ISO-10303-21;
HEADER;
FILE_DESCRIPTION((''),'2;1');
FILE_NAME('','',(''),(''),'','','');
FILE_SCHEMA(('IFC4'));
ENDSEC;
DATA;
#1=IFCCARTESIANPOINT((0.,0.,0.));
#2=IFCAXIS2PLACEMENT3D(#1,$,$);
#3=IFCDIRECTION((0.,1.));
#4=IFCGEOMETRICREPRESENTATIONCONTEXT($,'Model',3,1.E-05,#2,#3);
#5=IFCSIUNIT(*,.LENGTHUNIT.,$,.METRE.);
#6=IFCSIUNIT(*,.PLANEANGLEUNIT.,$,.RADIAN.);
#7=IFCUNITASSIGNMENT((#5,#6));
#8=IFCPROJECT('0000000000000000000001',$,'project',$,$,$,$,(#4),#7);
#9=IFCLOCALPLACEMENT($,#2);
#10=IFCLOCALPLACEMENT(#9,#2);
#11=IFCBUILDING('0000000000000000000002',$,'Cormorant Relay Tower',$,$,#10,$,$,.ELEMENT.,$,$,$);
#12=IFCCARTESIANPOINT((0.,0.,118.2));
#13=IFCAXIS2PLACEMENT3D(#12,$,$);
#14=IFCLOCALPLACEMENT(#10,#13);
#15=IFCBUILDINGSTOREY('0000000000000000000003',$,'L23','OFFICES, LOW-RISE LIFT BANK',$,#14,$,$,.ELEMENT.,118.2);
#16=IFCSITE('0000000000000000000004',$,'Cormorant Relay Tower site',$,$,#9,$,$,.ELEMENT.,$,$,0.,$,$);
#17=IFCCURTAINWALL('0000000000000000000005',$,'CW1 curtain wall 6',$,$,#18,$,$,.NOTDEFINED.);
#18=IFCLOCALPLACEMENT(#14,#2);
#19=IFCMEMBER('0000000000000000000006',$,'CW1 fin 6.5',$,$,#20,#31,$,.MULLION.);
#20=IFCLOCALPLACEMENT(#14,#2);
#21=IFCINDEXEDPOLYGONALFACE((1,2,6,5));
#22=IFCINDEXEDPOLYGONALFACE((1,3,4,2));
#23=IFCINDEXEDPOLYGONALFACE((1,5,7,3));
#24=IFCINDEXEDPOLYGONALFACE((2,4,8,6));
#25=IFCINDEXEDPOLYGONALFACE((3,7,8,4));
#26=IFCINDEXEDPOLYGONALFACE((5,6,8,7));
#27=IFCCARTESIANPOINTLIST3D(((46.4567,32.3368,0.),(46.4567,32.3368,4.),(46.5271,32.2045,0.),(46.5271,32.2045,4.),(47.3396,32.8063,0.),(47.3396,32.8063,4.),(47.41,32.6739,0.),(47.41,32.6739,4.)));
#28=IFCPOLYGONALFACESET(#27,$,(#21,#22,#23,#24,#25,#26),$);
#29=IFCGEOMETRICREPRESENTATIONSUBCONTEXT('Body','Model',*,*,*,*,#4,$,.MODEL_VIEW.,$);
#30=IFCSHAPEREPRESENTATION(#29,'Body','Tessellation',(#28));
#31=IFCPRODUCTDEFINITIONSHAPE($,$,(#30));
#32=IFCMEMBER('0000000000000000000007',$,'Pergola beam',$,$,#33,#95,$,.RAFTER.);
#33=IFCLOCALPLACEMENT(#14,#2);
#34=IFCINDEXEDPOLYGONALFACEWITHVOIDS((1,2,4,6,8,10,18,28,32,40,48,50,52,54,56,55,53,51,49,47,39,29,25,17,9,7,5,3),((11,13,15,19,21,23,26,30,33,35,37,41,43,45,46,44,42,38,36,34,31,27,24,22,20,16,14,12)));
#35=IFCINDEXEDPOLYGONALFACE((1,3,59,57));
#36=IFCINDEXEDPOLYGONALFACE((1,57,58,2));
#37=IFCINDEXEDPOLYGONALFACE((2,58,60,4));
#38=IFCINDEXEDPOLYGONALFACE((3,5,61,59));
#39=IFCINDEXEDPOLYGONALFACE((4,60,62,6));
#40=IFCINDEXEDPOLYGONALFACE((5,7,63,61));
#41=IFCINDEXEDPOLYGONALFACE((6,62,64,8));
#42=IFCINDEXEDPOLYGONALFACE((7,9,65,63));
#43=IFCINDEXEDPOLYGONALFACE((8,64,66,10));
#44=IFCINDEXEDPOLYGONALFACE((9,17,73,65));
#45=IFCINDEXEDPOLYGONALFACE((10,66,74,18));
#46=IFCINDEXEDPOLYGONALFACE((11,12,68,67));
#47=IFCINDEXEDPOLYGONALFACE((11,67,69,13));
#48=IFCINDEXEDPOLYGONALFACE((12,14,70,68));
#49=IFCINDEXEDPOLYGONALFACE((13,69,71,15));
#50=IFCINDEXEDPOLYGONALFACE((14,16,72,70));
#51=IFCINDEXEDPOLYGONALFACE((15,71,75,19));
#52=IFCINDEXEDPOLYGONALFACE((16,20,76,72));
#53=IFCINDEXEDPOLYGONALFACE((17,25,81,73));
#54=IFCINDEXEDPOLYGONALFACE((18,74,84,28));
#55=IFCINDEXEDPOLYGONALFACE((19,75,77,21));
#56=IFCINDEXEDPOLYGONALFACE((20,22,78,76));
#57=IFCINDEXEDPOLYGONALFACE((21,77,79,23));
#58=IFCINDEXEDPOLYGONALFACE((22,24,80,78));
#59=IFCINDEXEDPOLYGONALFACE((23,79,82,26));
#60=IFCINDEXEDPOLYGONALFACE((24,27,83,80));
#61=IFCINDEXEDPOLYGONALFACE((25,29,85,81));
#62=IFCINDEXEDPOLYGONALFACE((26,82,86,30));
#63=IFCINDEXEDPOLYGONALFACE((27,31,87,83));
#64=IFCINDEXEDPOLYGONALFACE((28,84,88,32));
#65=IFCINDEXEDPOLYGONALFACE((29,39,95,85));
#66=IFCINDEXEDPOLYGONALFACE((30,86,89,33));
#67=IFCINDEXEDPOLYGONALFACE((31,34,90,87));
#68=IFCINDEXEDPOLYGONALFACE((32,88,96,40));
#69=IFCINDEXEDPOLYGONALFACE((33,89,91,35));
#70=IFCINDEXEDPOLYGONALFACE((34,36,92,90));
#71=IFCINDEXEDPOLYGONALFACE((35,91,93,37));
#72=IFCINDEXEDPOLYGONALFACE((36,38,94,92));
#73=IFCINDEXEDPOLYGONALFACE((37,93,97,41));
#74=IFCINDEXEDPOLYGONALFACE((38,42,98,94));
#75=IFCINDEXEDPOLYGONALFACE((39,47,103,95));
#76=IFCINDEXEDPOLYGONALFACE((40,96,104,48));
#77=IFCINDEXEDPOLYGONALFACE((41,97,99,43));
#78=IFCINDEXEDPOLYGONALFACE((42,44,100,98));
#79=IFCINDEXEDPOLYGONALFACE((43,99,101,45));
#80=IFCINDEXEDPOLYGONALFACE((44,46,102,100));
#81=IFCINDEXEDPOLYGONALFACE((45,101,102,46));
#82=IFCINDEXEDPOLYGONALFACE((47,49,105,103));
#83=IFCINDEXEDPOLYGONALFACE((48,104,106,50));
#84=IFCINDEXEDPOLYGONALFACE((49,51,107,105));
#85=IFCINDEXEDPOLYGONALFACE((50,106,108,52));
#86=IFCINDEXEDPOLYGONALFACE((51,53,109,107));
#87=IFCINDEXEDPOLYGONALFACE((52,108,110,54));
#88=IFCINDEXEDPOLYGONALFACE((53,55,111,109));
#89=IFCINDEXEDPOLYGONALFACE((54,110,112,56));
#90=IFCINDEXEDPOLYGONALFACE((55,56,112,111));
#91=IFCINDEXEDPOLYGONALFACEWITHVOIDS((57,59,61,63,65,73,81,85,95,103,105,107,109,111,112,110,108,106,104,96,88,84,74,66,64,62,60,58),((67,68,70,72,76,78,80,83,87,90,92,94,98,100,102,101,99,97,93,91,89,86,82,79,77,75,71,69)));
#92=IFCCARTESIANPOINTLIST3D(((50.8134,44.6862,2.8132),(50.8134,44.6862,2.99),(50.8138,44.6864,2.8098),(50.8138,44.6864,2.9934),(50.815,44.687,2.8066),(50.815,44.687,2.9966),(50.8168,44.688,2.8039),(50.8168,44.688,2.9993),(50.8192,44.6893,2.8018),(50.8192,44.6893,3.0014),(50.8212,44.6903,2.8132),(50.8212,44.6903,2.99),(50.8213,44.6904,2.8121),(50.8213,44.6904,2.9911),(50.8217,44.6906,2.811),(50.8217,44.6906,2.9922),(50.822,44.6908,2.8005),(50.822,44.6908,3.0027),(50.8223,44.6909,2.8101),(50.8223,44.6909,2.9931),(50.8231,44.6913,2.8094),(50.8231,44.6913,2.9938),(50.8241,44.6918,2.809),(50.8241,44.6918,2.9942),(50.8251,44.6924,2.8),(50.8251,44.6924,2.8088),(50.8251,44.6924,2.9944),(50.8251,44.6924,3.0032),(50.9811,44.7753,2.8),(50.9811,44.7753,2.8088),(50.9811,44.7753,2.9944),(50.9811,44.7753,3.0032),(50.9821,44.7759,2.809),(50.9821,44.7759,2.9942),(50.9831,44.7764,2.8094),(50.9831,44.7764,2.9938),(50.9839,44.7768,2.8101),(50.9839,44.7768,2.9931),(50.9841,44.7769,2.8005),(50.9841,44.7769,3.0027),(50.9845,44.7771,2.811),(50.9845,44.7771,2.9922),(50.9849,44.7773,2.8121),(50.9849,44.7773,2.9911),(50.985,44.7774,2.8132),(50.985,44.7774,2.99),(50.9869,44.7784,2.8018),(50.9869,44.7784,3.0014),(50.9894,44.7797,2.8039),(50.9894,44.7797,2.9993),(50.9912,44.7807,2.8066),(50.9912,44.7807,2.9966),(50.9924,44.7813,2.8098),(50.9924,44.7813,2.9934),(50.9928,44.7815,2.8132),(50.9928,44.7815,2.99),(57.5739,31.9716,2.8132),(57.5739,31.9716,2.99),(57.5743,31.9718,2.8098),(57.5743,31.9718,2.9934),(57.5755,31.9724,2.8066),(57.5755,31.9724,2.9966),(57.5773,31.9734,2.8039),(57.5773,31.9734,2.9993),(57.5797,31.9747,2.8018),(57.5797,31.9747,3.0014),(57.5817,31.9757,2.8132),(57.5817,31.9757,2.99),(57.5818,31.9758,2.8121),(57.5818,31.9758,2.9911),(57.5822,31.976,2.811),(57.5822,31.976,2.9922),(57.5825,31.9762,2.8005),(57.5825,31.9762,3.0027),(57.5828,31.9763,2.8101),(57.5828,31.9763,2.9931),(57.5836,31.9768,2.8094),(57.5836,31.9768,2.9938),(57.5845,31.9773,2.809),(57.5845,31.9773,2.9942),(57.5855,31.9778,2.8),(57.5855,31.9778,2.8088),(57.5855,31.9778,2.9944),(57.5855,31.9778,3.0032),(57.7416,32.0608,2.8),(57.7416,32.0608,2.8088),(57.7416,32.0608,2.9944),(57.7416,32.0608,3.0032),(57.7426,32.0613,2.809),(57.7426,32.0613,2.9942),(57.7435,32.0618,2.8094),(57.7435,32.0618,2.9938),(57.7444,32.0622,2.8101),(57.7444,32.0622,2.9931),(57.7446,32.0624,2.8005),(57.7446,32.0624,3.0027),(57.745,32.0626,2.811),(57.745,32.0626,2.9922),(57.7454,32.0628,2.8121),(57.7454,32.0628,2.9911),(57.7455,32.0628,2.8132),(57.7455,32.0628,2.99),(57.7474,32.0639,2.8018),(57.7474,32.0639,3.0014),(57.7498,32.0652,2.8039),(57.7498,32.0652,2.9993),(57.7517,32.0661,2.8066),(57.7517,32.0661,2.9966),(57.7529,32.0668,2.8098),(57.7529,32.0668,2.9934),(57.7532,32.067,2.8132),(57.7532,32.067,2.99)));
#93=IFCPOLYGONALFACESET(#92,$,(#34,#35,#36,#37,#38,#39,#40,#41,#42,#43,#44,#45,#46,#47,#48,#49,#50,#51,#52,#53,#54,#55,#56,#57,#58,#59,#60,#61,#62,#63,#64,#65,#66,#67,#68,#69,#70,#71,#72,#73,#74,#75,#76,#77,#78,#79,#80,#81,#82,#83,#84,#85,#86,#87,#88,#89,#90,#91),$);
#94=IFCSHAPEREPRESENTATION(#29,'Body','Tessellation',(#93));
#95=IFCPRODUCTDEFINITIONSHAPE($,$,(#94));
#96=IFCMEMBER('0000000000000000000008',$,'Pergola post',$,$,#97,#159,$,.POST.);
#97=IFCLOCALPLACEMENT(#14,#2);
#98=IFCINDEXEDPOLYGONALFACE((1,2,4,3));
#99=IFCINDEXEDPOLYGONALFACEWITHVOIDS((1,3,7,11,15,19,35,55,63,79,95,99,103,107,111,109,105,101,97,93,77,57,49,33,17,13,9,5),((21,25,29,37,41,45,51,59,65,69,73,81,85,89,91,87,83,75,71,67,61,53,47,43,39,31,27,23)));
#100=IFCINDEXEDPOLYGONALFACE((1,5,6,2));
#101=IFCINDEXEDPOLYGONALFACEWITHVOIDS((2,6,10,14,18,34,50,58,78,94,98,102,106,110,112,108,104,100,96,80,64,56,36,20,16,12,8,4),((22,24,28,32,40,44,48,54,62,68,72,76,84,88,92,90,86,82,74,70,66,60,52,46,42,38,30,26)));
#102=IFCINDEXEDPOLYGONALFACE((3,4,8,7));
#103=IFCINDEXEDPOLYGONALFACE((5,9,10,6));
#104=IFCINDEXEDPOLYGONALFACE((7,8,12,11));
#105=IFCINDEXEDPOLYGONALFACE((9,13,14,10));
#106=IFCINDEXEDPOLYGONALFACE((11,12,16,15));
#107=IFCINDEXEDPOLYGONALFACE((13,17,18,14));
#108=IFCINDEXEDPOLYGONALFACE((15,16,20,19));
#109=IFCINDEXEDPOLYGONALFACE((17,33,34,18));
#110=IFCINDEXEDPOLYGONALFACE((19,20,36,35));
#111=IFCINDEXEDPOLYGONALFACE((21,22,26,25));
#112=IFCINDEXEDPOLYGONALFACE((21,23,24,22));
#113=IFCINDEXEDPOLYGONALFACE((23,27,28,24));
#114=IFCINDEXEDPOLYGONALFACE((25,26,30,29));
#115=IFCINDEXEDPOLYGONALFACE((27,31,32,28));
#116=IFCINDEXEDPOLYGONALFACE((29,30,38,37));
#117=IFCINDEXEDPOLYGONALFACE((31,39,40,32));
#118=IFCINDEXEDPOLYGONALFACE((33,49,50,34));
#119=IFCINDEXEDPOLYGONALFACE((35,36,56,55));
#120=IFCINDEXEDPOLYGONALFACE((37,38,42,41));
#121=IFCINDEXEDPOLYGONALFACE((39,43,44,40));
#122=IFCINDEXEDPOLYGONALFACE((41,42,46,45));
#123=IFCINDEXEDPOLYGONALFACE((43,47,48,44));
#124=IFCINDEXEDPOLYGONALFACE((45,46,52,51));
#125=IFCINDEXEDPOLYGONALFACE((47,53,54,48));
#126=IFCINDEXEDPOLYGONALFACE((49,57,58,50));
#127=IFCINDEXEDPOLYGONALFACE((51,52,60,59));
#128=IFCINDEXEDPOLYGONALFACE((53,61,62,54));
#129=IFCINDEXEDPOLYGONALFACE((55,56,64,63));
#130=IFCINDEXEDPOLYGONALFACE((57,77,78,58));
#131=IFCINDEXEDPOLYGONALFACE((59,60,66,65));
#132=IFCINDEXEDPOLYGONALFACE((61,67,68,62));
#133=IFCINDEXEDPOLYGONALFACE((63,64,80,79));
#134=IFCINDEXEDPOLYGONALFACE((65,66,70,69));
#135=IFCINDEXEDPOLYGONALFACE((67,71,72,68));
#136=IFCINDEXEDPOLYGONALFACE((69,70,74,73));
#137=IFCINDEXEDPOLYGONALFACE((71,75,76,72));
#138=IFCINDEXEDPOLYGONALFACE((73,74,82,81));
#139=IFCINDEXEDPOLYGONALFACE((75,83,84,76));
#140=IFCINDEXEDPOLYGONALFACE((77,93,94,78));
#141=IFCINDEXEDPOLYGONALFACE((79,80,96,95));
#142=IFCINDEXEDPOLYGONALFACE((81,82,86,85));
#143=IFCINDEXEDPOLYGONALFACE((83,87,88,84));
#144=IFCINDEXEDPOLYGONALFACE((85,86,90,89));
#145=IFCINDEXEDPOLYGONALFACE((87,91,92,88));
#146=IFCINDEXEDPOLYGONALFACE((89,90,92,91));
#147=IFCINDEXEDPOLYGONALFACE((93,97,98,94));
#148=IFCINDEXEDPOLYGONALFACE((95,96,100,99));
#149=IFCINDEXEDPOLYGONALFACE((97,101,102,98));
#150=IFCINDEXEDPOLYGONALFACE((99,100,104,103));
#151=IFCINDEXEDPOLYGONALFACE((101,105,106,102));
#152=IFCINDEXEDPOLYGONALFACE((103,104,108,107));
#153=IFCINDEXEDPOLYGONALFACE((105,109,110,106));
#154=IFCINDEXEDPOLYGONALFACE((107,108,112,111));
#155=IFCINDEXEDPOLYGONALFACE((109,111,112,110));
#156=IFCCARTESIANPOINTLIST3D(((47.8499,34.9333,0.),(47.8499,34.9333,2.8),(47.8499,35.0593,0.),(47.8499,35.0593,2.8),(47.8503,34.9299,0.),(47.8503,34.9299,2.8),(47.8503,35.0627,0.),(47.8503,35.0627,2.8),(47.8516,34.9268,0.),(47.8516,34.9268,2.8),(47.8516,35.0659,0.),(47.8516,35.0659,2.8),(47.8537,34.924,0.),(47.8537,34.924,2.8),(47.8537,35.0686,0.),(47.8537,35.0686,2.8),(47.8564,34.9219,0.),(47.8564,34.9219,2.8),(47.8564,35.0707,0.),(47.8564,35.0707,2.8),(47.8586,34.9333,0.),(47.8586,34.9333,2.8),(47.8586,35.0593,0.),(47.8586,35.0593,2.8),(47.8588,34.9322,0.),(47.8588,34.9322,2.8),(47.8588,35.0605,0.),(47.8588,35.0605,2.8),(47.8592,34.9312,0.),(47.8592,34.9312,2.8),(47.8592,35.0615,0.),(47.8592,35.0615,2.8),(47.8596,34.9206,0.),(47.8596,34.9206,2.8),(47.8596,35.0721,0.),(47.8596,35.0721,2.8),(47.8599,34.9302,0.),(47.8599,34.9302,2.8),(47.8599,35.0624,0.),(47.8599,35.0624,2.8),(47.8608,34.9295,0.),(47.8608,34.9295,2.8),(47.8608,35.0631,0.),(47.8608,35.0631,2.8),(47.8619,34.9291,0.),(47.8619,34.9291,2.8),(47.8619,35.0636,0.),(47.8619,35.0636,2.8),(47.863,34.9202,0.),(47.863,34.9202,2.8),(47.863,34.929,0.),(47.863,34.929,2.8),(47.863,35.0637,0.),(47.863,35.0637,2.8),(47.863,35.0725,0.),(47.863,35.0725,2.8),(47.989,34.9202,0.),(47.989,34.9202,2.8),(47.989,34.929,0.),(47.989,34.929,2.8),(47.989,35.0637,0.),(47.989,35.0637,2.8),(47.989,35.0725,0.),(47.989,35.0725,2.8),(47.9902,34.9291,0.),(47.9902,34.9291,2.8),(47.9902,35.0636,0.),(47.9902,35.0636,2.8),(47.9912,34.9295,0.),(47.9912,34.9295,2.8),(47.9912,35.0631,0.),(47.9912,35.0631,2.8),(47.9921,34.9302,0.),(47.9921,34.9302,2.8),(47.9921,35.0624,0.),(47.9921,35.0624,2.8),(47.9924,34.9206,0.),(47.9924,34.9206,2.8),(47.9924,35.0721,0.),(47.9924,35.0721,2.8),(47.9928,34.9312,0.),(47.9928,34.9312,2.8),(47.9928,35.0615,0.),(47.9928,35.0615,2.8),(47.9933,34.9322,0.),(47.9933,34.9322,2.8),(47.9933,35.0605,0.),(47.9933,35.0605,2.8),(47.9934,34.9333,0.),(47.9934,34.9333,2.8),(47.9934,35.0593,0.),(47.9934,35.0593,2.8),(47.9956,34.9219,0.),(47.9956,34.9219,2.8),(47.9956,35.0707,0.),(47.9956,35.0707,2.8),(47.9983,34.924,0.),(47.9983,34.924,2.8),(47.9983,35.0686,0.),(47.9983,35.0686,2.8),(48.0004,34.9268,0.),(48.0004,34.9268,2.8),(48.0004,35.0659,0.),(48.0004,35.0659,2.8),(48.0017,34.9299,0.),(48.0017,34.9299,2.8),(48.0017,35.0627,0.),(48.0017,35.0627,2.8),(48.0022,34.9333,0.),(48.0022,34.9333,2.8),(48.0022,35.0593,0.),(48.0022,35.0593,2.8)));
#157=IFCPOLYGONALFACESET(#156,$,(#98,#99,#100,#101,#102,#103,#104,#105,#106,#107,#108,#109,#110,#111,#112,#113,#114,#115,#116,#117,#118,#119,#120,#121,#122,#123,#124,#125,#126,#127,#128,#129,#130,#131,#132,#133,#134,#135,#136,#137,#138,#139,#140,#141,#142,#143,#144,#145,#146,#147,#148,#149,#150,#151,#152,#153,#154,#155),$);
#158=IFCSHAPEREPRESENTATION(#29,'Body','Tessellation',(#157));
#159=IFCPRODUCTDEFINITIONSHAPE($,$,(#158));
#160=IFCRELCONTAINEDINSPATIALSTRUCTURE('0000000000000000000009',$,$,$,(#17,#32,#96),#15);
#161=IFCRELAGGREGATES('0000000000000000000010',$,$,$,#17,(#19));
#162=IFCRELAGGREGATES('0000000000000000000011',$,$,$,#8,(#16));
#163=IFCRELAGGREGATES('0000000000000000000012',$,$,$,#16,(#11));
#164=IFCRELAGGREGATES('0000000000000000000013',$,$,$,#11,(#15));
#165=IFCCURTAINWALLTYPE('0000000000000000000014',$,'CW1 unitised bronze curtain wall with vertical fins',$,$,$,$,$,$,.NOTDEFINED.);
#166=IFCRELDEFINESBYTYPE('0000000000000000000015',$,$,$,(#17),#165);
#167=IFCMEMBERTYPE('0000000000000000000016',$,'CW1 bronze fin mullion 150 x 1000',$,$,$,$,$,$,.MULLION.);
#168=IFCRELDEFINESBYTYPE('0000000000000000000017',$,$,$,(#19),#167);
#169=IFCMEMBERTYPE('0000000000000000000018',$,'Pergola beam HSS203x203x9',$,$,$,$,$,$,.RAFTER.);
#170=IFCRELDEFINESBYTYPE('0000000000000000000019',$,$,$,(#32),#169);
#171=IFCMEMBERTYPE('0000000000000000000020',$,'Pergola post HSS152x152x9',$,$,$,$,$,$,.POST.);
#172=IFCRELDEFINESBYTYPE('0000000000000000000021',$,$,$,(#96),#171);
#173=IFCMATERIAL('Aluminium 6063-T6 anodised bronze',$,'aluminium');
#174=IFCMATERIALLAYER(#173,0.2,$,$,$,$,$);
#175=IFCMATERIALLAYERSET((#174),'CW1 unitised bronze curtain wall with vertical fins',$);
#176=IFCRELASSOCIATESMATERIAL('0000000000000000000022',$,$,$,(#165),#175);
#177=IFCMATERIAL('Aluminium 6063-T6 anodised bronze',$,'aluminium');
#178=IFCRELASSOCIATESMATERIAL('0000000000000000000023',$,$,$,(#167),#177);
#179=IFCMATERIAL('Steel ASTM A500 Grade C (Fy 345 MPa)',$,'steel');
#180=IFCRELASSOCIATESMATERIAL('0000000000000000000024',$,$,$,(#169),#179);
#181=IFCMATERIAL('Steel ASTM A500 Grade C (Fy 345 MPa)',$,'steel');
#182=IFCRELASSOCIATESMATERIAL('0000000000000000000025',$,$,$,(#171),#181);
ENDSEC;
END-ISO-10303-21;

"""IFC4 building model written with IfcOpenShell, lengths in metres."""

from ifc_helpers import new_model, si_unit, direction, frame, origin, origin_2d, place, context, subcontext, project, spatial, rectangle, hollow_rectangle, extrude, material, layer, layer_set, material_profile, profile_set, type_object, element, aggregate, save


model = new_model("IFC4")

# Units and contexts
model_context = context("Model", 3, precision=1e-05, world=origin(), true_north=direction((0.0, 1.0)))
body_context = subcontext(model_context, "Body", "Model", "MODEL_VIEW")
ifc_project = project(units=[si_unit("LENGTHUNIT", "METRE"), si_unit("PLANEANGLEUNIT", "RADIAN")], contexts=[model_context])

# Site, building, storey
site_placement = place(None, origin())
site = spatial("IfcSite", under=ifc_project, at=site_placement, Name="Cormorant Relay Tower site", CompositionType="ELEMENT", RefElevation=0.0)
building_placement = place(site_placement, origin())
building = spatial("IfcBuilding", under=site, at=building_placement, Name="Cormorant Relay Tower", CompositionType="ELEMENT")
storey_placement = place(building_placement, frame((0.0, 0.0, 118.2)))
storey = spatial("IfcBuildingStorey", under=building, at=storey_placement, Name="L23", Description="OFFICES, LOW-RISE LIFT BANK", CompositionType="ELEMENT", Elevation=118.2)

# Curtain wall, member
ifc_material_1 = material(Name="Aluminium 6063-T6 anodised bronze", Category="aluminium")
ifc_layer_1 = layer(ifc_material_1, 0.2)
ifc_layer_set_1 = layer_set([ifc_layer_1], Name="CW1 unitised bronze curtain wall with vertical fins")
curtain_wall_type = type_object("IfcCurtainWallType", Name="CW1 unitised bronze curtain wall with vertical fins", PredefinedType="NOTDEFINED", material=ifc_layer_set_1)
curtain_wall_placement = place(storey_placement, origin())
curtain_wall = element("IfcCurtainWall", 1, at=curtain_wall_placement, inside=storey, type_object=curtain_wall_type, Name="CW1 curtain wall 6", PredefinedType="NOTDEFINED")
ifc_material_2 = material(Name="Aluminium 6063-T6 anodised bronze", Category="aluminium")
ifc_material_profile_1 = material_profile(ifc_material_2, rectangle(XDim=0.1499, YDim=1.0, at=origin_2d()), Name="AL 150x1000")
ifc_profile_set_1 = profile_set([ifc_material_profile_1], Name="Aluminium 6063-T6 anodised bronze")
member_type_1 = type_object("IfcMemberType", Name="CW1 bronze fin mullion 150 x 1000", PredefinedType="MULLION", material=ifc_profile_set_1)
member_1_placement = place(storey_placement, frame((46.9333, 32.5054, 0.0), z_axis=(0.0, 0.0, 1.0), x_axis=(-0.469472, 0.882948, 0.0)))
member_1 = element("IfcMember", 2, at=member_1_placement, type_object=member_type_1, Name="CW1 fin 6.5", PredefinedType="MULLION", context=body_context, shape_type="SweptSolid", body=[
    extrude(rectangle(XDim=0.1499, YDim=1.0, at=origin_2d()), origin(), (0.0, 0.0, 1.0), 4.0),
])
aggregate(curtain_wall, [member_1])

# Members
ifc_material_3 = material(Name="Steel ASTM A500 Grade C (Fy 345 MPa)", Category="steel")
ifc_material_profile_2 = material_profile(ifc_material_3, hollow_rectangle(XDim=0.2031, YDim=0.2031, WallThickness=0.0088, InnerFilletRadius=0.0044, OuterFilletRadius=0.0132, at=origin_2d()), Name="HSS203x203x9")
ifc_profile_set_2 = profile_set([ifc_material_profile_2], Name="Steel ASTM A500 Grade C (Fy 345 MPa)")
member_type_2 = type_object("IfcMemberType", Name="Pergola beam HSS203x203x9", PredefinedType="RAFTER", material=ifc_profile_set_2)
member_2_placement = place(storey_placement, frame((57.6636, 32.0193, 2.9016), z_axis=(-0.469473, 0.882947, 0.0), x_axis=(-0.882947, -0.469473, 0.0)))
element("IfcMember", 3, at=member_2_placement, inside=storey, type_object=member_type_2, Name="Pergola beam", PredefinedType="RAFTER", context=body_context, shape_type="SweptSolid", body=[
    extrude(hollow_rectangle(XDim=0.2031, YDim=0.2031, WallThickness=0.0088, InnerFilletRadius=0.0044, OuterFilletRadius=0.0132, at=origin_2d()), origin(), (0.0, 0.0, 1.0), 14.4001),
])
ifc_material_4 = material(Name="Steel ASTM A500 Grade C (Fy 345 MPa)", Category="steel")
ifc_material_profile_3 = material_profile(ifc_material_4, hollow_rectangle(XDim=0.1523, YDim=0.1523, WallThickness=0.0088, InnerFilletRadius=0.0044, OuterFilletRadius=0.0132, at=origin_2d()), Name="HSS152x152x9")
ifc_profile_set_3 = profile_set([ifc_material_profile_3], Name="Steel ASTM A500 Grade C (Fy 345 MPa)")
member_type_3 = type_object("IfcMemberType", Name="Pergola post HSS152x152x9", PredefinedType="POST", material=ifc_profile_set_3)
for number, where, z_axis, x_axis, name in (
    (4, (47.926, 34.9963, 0.0), (0.0, 0.0, 1.0), (1.0, 0.0, 0.0), "Pergola post"),
):
    element("IfcMember", number, at=place(storey_placement, frame(where, z_axis=z_axis, x_axis=x_axis)), inside=storey, type_object=member_type_3, Name=name, PredefinedType="POST", context=body_context, shape_type="SweptSolid", body=[
        extrude(hollow_rectangle(XDim=0.1523, YDim=0.1523, WallThickness=0.0088, InnerFilletRadius=0.0044, OuterFilletRadius=0.0132, at=origin_2d()), origin(), (0.0, 0.0, 1.0), 2.8),
    ])

save(model, "model.ifc")
